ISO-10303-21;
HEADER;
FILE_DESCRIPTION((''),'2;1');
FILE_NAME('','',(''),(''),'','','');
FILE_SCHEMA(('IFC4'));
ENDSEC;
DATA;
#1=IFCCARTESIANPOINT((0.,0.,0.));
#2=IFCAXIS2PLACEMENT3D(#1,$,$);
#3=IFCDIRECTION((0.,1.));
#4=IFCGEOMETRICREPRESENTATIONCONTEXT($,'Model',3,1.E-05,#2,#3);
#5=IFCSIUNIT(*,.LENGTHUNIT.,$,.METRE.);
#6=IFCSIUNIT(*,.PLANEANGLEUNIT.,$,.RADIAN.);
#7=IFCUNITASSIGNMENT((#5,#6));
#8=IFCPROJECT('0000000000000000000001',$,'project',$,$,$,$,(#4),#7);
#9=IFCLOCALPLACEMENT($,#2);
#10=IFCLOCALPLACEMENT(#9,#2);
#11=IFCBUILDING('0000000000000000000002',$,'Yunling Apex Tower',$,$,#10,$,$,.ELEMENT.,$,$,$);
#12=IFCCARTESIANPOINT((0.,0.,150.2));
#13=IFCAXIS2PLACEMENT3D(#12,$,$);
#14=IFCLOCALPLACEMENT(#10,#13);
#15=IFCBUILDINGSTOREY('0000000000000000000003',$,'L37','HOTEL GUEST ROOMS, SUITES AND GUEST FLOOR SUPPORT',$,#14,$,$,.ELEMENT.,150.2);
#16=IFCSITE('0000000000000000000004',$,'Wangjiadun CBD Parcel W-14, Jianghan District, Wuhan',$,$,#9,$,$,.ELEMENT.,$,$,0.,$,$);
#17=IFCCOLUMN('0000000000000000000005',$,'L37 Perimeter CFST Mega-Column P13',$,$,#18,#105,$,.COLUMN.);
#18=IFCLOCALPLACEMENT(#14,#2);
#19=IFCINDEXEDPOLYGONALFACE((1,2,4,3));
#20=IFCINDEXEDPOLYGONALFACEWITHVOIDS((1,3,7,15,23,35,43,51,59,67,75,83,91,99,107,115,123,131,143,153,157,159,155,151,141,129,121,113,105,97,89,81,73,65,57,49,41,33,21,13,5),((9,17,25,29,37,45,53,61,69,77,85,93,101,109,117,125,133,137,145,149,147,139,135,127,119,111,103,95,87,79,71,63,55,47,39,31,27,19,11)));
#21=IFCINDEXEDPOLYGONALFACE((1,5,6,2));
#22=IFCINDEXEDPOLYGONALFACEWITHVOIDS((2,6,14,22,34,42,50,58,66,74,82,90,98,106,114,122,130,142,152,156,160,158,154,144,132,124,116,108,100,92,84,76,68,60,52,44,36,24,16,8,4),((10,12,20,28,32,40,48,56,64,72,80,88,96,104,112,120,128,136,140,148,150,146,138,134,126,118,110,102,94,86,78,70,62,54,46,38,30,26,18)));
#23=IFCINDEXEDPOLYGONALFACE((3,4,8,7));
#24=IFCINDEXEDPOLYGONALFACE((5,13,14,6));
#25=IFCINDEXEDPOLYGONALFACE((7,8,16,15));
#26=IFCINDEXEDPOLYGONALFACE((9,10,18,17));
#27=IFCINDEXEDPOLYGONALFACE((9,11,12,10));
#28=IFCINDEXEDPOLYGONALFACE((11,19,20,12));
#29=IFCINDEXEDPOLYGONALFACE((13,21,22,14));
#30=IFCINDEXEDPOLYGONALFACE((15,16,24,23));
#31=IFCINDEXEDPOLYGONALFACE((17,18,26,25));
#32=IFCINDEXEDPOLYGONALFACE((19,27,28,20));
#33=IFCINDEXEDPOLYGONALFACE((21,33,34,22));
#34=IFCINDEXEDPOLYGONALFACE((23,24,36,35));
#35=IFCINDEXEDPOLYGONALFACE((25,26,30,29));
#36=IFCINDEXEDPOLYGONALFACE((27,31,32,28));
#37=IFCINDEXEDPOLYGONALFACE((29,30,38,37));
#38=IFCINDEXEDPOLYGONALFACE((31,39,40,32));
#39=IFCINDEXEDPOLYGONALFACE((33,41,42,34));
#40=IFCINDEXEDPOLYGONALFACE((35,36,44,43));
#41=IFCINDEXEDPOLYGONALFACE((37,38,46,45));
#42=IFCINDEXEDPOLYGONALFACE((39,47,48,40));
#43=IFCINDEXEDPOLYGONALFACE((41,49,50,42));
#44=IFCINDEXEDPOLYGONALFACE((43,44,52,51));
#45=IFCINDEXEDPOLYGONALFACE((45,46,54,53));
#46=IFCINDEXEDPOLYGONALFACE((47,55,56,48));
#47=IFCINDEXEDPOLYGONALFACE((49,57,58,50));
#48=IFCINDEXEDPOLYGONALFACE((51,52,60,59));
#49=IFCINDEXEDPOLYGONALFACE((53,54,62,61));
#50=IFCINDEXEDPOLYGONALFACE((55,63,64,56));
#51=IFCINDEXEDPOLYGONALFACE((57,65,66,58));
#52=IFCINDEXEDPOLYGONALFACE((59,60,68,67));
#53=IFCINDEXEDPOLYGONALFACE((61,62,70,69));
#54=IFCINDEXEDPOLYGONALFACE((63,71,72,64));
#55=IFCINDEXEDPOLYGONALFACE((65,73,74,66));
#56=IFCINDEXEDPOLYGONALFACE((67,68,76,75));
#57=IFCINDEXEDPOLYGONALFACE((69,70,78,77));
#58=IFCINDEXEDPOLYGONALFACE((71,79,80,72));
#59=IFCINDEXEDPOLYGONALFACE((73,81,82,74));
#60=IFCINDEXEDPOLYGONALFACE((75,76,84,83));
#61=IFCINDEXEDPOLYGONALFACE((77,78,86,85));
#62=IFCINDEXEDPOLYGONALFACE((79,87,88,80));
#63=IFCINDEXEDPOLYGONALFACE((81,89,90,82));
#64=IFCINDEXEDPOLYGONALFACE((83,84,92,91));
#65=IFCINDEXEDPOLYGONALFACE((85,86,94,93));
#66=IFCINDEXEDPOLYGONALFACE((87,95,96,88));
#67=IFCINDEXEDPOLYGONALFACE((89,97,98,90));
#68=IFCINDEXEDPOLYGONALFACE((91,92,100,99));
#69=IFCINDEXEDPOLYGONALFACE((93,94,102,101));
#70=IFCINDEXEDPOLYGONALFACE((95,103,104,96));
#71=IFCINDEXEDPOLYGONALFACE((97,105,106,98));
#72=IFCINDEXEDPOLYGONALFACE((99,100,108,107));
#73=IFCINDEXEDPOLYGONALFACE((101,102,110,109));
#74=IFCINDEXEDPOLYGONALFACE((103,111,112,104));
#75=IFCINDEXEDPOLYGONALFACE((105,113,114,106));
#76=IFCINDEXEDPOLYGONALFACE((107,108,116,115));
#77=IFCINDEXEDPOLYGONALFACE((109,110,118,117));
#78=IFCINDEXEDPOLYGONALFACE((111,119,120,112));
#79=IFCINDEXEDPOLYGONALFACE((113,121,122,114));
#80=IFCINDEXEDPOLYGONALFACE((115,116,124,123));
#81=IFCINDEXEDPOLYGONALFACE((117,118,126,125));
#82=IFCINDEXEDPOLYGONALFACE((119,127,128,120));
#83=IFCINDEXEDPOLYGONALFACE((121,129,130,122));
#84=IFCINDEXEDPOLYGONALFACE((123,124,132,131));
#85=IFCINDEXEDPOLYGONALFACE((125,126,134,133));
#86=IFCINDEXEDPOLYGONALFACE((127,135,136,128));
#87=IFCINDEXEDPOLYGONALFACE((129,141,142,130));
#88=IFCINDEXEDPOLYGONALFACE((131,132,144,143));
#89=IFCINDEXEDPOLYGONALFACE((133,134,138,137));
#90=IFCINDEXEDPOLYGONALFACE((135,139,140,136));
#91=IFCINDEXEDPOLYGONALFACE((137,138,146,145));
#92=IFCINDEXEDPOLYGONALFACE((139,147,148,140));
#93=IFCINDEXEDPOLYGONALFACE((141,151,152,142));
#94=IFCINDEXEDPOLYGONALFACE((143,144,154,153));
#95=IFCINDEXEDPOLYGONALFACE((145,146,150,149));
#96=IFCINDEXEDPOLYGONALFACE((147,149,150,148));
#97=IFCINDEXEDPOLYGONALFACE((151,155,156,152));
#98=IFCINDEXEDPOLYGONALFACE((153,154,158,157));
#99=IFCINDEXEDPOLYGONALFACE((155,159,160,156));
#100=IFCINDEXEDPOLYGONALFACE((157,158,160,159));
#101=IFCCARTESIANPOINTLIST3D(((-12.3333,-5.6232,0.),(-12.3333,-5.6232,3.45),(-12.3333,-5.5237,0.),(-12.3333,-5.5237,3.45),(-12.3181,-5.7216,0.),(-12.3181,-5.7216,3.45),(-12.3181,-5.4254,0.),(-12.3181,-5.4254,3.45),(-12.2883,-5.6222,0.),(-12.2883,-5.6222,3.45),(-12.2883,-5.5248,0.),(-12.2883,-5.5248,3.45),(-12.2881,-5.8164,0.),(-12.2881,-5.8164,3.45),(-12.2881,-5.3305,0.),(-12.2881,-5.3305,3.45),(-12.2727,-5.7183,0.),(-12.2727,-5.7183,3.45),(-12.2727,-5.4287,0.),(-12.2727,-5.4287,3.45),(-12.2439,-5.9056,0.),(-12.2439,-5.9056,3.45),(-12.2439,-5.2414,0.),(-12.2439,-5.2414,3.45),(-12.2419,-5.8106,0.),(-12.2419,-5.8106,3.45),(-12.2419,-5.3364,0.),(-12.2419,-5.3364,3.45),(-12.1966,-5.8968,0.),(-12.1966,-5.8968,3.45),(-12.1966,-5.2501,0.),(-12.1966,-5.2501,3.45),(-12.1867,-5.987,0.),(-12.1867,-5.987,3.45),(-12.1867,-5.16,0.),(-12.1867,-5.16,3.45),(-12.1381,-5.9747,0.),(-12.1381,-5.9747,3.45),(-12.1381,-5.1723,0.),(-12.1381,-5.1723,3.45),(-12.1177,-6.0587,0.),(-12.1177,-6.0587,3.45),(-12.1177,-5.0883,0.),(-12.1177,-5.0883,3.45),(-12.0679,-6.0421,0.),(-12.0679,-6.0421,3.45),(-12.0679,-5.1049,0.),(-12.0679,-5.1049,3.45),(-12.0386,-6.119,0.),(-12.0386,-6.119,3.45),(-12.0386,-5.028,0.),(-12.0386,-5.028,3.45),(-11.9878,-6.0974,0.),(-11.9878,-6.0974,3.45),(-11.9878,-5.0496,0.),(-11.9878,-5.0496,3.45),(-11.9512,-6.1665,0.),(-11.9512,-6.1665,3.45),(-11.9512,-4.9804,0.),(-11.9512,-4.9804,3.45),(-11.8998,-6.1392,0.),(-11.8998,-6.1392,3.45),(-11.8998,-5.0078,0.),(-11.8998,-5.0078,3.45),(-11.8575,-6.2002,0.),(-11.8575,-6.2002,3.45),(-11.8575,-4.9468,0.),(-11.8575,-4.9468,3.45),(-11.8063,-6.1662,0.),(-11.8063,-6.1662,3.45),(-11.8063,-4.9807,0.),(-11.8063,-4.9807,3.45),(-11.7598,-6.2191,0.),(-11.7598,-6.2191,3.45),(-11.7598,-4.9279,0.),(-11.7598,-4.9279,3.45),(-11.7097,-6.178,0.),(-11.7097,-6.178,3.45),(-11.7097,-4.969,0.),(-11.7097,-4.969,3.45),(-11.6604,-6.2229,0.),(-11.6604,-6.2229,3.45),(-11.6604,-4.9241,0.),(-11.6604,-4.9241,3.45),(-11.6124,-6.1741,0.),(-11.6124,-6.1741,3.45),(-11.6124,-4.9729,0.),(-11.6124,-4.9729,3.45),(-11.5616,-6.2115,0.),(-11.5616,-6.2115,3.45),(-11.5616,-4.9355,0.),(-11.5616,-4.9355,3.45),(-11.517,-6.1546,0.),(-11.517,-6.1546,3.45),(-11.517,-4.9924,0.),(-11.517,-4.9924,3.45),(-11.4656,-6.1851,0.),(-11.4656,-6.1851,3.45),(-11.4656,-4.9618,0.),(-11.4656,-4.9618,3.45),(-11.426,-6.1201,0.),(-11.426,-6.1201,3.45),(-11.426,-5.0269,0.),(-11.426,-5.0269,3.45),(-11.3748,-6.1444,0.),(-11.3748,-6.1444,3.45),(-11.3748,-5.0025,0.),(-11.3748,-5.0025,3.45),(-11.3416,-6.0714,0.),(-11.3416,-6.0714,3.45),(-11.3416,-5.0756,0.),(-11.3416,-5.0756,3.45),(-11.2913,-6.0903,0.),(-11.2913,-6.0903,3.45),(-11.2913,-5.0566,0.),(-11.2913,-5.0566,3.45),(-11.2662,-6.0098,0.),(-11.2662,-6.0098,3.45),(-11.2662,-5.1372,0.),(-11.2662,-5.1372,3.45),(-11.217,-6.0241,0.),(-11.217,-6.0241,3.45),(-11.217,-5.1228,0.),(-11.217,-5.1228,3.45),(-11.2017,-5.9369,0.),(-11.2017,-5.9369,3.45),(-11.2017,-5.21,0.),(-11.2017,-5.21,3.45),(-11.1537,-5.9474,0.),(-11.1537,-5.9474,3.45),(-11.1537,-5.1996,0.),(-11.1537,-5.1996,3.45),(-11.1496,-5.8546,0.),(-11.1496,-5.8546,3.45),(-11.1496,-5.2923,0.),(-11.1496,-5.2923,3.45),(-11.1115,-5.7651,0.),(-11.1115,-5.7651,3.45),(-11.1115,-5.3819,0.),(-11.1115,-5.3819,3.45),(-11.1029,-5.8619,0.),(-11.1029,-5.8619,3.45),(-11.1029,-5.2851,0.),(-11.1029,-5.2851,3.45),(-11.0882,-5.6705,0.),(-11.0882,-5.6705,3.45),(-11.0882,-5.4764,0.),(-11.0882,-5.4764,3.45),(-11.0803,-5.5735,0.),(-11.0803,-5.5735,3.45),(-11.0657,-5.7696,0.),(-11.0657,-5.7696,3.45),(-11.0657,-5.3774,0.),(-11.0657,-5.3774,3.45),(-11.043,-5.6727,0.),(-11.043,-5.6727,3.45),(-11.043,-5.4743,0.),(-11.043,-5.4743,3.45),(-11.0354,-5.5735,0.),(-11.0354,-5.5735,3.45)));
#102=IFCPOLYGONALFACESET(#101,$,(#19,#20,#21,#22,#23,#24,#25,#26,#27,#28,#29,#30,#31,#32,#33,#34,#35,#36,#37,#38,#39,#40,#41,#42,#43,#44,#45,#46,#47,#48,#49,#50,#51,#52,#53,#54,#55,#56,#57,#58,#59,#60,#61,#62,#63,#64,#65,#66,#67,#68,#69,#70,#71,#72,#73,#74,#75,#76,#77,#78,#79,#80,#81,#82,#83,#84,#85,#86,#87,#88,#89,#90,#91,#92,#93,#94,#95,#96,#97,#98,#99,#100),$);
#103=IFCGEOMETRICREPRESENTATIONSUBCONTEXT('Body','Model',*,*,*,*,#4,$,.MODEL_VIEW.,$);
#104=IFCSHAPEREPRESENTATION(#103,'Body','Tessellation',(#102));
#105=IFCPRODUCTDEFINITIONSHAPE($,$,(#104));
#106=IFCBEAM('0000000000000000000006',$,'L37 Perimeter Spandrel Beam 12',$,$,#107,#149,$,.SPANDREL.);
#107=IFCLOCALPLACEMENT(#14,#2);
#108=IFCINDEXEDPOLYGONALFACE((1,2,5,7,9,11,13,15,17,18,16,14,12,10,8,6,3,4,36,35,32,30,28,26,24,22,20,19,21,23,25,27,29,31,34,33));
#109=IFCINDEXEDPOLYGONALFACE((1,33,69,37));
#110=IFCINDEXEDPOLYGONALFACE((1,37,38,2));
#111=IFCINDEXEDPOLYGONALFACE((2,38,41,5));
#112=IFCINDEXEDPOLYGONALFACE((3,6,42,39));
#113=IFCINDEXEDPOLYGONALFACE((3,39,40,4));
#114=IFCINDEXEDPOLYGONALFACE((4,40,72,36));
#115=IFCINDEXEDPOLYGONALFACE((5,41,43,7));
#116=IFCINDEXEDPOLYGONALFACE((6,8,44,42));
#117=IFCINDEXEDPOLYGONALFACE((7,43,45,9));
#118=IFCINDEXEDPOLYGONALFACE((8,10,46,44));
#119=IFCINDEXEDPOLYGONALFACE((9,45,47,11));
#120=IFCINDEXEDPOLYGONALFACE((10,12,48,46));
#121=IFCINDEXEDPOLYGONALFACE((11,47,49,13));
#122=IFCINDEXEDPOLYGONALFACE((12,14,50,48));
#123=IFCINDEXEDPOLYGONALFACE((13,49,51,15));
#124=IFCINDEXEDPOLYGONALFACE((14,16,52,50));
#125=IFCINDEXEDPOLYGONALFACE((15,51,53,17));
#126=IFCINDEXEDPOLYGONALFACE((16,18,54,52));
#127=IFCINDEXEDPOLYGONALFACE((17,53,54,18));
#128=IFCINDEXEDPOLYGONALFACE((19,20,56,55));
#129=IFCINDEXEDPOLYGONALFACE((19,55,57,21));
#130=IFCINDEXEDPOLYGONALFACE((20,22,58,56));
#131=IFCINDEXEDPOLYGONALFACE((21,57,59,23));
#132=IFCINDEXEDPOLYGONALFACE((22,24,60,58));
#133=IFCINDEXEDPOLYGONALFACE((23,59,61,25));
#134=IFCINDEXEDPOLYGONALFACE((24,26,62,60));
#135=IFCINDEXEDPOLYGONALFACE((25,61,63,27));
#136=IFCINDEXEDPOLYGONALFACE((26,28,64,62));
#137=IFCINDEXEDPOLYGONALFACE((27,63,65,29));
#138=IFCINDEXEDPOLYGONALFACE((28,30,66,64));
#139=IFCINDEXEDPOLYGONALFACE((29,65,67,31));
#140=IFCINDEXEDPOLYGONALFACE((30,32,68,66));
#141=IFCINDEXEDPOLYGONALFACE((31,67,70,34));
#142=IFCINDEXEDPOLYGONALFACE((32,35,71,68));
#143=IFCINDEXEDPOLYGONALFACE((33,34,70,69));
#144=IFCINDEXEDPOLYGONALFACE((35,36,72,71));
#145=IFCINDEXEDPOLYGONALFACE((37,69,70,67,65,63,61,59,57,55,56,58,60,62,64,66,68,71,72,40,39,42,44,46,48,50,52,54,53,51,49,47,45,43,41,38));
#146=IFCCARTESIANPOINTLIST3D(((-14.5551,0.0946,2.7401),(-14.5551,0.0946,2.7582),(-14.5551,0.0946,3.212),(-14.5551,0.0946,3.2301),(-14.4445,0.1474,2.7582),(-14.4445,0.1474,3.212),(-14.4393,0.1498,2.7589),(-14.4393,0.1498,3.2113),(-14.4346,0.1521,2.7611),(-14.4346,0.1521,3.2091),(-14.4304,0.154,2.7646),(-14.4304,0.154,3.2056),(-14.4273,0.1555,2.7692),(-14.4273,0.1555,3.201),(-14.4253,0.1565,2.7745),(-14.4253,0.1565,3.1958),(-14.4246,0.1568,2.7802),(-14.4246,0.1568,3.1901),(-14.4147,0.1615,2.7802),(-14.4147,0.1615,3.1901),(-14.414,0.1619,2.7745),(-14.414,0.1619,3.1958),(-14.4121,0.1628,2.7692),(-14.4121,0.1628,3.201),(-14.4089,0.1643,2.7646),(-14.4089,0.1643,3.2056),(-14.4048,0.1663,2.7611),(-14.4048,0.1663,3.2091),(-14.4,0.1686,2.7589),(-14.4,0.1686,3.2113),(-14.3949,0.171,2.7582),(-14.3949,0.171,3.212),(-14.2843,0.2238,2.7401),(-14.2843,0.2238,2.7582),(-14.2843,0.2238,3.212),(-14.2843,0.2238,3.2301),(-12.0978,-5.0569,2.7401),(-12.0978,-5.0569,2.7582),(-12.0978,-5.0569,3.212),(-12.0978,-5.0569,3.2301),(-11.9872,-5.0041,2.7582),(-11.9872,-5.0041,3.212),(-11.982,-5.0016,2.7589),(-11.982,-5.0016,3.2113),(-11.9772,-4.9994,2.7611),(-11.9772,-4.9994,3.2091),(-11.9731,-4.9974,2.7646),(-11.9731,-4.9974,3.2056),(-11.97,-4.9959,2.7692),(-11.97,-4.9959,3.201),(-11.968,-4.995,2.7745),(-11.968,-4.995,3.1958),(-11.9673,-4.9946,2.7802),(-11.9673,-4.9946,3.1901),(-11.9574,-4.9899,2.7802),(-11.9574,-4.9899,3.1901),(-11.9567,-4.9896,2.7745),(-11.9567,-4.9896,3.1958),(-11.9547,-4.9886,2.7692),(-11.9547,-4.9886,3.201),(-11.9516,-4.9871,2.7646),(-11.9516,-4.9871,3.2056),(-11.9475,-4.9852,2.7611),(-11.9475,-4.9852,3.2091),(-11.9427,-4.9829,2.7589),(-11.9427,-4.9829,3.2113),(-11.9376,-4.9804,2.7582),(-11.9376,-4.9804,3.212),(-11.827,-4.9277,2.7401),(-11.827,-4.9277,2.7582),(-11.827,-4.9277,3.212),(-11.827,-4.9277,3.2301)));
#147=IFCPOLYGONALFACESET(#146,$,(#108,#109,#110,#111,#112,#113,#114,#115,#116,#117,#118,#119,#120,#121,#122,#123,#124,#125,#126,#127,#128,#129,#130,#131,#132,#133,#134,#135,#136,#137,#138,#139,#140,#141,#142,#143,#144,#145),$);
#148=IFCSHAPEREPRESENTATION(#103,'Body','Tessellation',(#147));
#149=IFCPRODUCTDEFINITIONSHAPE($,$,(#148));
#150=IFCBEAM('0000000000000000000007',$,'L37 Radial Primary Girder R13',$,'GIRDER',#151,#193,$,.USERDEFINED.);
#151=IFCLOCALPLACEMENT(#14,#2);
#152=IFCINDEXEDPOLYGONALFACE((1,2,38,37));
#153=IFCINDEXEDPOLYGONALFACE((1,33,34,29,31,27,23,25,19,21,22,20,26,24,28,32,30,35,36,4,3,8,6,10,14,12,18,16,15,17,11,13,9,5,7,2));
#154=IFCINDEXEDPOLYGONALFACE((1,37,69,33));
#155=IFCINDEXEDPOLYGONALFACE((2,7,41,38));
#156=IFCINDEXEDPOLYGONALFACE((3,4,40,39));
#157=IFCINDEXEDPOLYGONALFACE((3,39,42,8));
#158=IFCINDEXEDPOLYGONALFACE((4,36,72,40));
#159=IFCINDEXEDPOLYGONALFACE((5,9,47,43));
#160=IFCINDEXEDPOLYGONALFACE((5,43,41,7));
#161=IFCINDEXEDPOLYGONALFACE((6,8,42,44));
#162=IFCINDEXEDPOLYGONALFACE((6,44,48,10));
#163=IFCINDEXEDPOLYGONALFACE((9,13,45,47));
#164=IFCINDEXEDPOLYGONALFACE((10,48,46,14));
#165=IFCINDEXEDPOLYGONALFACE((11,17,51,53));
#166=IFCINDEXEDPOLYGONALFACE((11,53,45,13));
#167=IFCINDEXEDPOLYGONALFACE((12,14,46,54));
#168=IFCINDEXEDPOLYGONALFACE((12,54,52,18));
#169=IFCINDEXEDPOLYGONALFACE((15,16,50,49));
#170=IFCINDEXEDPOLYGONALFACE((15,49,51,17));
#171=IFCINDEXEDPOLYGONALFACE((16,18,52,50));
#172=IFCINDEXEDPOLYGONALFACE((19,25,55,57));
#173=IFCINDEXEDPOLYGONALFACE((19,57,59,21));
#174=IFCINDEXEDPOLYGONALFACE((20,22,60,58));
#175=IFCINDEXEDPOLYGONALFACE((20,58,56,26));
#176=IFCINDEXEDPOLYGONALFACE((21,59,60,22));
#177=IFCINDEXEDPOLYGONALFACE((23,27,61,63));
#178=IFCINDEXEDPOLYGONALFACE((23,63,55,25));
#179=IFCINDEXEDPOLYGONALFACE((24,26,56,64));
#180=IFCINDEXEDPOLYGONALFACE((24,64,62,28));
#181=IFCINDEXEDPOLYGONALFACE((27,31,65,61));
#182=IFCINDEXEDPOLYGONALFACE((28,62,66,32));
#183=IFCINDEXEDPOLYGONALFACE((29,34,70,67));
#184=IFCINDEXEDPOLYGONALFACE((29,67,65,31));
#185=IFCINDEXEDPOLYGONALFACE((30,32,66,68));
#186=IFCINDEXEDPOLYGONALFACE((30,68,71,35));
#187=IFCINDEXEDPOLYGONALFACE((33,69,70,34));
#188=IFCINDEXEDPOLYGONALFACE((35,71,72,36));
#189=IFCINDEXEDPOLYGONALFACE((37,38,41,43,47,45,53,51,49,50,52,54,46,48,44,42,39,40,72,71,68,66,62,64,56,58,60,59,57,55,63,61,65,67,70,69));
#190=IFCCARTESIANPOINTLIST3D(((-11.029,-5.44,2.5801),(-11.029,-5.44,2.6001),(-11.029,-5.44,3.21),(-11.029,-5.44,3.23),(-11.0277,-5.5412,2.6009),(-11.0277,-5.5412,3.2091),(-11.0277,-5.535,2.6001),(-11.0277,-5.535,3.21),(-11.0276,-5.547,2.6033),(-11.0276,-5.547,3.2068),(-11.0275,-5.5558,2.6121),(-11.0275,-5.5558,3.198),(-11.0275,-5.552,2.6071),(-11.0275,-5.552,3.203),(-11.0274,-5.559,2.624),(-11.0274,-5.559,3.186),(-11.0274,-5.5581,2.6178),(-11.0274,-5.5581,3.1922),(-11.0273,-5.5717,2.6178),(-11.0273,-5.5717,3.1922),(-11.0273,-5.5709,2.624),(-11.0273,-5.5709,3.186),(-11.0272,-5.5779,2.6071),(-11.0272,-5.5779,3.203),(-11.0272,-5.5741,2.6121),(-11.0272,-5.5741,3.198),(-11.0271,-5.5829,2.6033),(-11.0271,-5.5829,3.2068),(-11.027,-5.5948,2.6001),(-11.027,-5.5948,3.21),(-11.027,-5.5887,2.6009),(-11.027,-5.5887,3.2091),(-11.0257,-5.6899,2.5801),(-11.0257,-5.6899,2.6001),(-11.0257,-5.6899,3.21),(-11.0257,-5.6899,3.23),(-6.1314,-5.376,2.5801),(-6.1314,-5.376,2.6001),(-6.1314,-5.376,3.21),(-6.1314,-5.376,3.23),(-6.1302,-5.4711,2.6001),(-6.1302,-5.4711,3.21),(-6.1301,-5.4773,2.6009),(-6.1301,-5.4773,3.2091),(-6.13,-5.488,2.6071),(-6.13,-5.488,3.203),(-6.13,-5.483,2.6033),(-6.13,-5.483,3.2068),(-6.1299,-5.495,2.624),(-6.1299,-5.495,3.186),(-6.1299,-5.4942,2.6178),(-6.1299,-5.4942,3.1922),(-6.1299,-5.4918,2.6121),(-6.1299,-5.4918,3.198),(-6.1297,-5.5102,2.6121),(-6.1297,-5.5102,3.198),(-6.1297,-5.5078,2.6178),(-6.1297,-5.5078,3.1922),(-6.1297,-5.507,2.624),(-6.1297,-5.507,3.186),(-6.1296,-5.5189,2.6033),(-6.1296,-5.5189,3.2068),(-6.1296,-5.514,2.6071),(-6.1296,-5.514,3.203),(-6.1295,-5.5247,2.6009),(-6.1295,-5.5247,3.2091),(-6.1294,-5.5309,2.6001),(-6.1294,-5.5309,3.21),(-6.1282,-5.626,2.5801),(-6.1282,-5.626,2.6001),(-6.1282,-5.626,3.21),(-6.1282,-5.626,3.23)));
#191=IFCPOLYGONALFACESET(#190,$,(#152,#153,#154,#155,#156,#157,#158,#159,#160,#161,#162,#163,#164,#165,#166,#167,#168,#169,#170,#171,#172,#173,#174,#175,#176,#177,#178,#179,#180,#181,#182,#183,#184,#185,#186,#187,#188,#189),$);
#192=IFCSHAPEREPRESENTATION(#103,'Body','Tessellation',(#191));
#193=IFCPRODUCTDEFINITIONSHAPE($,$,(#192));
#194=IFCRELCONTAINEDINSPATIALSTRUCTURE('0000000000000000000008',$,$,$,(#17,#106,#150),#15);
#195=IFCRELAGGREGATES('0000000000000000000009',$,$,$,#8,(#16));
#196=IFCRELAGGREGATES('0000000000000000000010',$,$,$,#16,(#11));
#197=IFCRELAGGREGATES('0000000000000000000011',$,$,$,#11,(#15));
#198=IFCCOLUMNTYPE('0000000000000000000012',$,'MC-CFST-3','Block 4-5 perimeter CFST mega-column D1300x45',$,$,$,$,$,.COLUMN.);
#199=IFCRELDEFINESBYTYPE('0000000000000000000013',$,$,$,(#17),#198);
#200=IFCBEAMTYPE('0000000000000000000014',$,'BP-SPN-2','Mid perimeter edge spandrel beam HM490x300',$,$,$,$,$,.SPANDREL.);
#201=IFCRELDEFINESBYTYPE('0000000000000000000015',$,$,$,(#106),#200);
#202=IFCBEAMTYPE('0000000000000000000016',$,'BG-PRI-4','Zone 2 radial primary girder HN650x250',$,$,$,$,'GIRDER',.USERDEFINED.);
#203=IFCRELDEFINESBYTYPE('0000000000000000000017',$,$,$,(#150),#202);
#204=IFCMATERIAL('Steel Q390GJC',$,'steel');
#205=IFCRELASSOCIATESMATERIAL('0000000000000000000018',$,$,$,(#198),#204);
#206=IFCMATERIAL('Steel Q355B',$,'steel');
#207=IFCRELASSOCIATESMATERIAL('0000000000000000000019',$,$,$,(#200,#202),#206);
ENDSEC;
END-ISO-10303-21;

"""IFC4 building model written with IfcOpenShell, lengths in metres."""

from ifc_helpers import new_model, si_unit, direction, frame, origin, origin_2d, place, context, subcontext, project, spatial, hollow_circle, i_section, extrude, source, transform, mapped, material, material_profile, profile_set, type_object, element, save


model = new_model("IFC4")

# Units and contexts
model_context = context("Model", 3, precision=1e-05, world=origin(), true_north=direction((0.0, 1.0)))
body_context = subcontext(model_context, "Body", "Model", "MODEL_VIEW")
ifc_project = project(units=[si_unit("LENGTHUNIT", "METRE"), si_unit("PLANEANGLEUNIT", "RADIAN")], contexts=[model_context])

# Site, building, storey
site_placement = place(None, origin())
site = spatial("IfcSite", under=ifc_project, at=site_placement, Name="Wangjiadun CBD Parcel W-14, Jianghan District, Wuhan", CompositionType="ELEMENT", RefElevation=0.0)
building_placement = place(site_placement, origin())
building = spatial("IfcBuilding", under=site, at=building_placement, Name="Yunling Apex Tower", CompositionType="ELEMENT")
storey_placement = place(building_placement, frame((0.0, 0.0, 150.2)))
storey = spatial("IfcBuildingStorey", under=building, at=storey_placement, Name="L37", Description="HOTEL GUEST ROOMS, SUITES AND GUEST FLOOR SUPPORT", CompositionType="ELEMENT", Elevation=150.2)

# Column
ifc_material_1 = material(Name="Steel Q390GJC", Category="steel")
ifc_material_profile_1 = material_profile(ifc_material_1, hollow_circle(Radius=0.6499, WallThickness=0.0449, at=origin_2d()))
ifc_profile_set_1 = profile_set([ifc_material_profile_1], Name="Steel Q390GJC")
column_type = type_object("IfcColumnType", Name="MC-CFST-3", Description="Block 4-5 perimeter CFST mega-column D1300x45", PredefinedType="COLUMN", material=ifc_profile_set_1)
shared_shape_1 = source(origin(), body_context, "Body", "SweptSolid", [
    extrude(hollow_circle(Radius=0.6499, WallThickness=0.0449, at=origin_2d()), origin(), (0.0, 0.0, 1.0), 3.45),
])
column_placement = place(storey_placement, frame((-11.6853, -5.5735, 0.0), z_axis=(0.0, 0.0, 1.0), x_axis=(1.0, 0.0, 0.0)))
element("IfcColumn", 1, at=column_placement, inside=storey, type_object=column_type, Name="L37 Perimeter CFST Mega-Column P13", PredefinedType="COLUMN", context=body_context, shape_type="MappedRepresentation", body=[
    mapped(shared_shape_1, transform((0.0, 0.0, 0.0), scale=1.0)),
])

# Beams
ifc_material_2 = material(Name="Steel Q355B", Category="steel")
ifc_material_profile_2 = material_profile(ifc_material_2, i_section(OverallWidth=0.3, OverallDepth=0.49, WebThickness=0.011, FlangeThickness=0.0181, FilletRadius=0.022, at=origin_2d()))
ifc_profile_set_2 = profile_set([ifc_material_profile_2], Name="Steel Q355B")
beam_type_1 = type_object("IfcBeamType", Name="BP-SPN-2", Description="Mid perimeter edge spandrel beam HM490x300", PredefinedType="SPANDREL", material=ifc_profile_set_2)
shared_shape_2 = source(origin(), body_context, "Body", "SweptSolid", [
    extrude(i_section(OverallWidth=0.3, OverallDepth=0.49, WebThickness=0.011, FlangeThickness=0.0181, FilletRadius=0.022, at=origin_2d()), origin(), (0.0, 0.0, 1.0), 5.7075),
])
beam_1_placement = place(storey_placement, frame((-14.4197, 0.1592, 2.9851), z_axis=(0.43054, -0.902572, 0.0), x_axis=(0.902572, 0.43054, 0.0)))
element("IfcBeam", 2, at=beam_1_placement, inside=storey, type_object=beam_type_1, Name="L37 Perimeter Spandrel Beam 12", PredefinedType="SPANDREL", context=body_context, shape_type="MappedRepresentation", body=[
    mapped(shared_shape_2, transform((0.0, 0.0, 0.0), scale=1.0)),
])
ifc_material_profile_3 = material_profile(ifc_material_2, i_section(OverallWidth=0.25, OverallDepth=0.6499, WebThickness=0.012, FlangeThickness=0.02, FilletRadius=0.0239, at=origin_2d()))
ifc_profile_set_3 = profile_set([ifc_material_profile_3], Name="Steel Q355B")
beam_type_2 = type_object("IfcBeamType", Name="BG-PRI-4", Description="Zone 2 radial primary girder HN650x250", ElementType="GIRDER", PredefinedType="USERDEFINED", material=ifc_profile_set_3)
shared_shape_3 = source(origin(), body_context, "Body", "SweptSolid", [
    extrude(i_section(OverallWidth=0.25, OverallDepth=0.6499, WebThickness=0.012, FlangeThickness=0.02, FilletRadius=0.0239, at=origin_2d()), origin(), (0.0, 0.0, 1.0), 4.8979),
])
beam_2_placement = place(storey_placement, frame((-11.0273, -5.5649, 2.905), z_axis=(0.999915, 0.01306, 0.0), x_axis=(-0.01306, 0.999915, 0.0)))
element("IfcBeam", 3, at=beam_2_placement, inside=storey, type_object=beam_type_2, Name="L37 Radial Primary Girder R13", ObjectType="GIRDER", PredefinedType="USERDEFINED", context=body_context, shape_type="MappedRepresentation", body=[
    mapped(shared_shape_3, transform((0.0, 0.0, 0.0), scale=1.0)),
])

save(model, "model.ifc")
